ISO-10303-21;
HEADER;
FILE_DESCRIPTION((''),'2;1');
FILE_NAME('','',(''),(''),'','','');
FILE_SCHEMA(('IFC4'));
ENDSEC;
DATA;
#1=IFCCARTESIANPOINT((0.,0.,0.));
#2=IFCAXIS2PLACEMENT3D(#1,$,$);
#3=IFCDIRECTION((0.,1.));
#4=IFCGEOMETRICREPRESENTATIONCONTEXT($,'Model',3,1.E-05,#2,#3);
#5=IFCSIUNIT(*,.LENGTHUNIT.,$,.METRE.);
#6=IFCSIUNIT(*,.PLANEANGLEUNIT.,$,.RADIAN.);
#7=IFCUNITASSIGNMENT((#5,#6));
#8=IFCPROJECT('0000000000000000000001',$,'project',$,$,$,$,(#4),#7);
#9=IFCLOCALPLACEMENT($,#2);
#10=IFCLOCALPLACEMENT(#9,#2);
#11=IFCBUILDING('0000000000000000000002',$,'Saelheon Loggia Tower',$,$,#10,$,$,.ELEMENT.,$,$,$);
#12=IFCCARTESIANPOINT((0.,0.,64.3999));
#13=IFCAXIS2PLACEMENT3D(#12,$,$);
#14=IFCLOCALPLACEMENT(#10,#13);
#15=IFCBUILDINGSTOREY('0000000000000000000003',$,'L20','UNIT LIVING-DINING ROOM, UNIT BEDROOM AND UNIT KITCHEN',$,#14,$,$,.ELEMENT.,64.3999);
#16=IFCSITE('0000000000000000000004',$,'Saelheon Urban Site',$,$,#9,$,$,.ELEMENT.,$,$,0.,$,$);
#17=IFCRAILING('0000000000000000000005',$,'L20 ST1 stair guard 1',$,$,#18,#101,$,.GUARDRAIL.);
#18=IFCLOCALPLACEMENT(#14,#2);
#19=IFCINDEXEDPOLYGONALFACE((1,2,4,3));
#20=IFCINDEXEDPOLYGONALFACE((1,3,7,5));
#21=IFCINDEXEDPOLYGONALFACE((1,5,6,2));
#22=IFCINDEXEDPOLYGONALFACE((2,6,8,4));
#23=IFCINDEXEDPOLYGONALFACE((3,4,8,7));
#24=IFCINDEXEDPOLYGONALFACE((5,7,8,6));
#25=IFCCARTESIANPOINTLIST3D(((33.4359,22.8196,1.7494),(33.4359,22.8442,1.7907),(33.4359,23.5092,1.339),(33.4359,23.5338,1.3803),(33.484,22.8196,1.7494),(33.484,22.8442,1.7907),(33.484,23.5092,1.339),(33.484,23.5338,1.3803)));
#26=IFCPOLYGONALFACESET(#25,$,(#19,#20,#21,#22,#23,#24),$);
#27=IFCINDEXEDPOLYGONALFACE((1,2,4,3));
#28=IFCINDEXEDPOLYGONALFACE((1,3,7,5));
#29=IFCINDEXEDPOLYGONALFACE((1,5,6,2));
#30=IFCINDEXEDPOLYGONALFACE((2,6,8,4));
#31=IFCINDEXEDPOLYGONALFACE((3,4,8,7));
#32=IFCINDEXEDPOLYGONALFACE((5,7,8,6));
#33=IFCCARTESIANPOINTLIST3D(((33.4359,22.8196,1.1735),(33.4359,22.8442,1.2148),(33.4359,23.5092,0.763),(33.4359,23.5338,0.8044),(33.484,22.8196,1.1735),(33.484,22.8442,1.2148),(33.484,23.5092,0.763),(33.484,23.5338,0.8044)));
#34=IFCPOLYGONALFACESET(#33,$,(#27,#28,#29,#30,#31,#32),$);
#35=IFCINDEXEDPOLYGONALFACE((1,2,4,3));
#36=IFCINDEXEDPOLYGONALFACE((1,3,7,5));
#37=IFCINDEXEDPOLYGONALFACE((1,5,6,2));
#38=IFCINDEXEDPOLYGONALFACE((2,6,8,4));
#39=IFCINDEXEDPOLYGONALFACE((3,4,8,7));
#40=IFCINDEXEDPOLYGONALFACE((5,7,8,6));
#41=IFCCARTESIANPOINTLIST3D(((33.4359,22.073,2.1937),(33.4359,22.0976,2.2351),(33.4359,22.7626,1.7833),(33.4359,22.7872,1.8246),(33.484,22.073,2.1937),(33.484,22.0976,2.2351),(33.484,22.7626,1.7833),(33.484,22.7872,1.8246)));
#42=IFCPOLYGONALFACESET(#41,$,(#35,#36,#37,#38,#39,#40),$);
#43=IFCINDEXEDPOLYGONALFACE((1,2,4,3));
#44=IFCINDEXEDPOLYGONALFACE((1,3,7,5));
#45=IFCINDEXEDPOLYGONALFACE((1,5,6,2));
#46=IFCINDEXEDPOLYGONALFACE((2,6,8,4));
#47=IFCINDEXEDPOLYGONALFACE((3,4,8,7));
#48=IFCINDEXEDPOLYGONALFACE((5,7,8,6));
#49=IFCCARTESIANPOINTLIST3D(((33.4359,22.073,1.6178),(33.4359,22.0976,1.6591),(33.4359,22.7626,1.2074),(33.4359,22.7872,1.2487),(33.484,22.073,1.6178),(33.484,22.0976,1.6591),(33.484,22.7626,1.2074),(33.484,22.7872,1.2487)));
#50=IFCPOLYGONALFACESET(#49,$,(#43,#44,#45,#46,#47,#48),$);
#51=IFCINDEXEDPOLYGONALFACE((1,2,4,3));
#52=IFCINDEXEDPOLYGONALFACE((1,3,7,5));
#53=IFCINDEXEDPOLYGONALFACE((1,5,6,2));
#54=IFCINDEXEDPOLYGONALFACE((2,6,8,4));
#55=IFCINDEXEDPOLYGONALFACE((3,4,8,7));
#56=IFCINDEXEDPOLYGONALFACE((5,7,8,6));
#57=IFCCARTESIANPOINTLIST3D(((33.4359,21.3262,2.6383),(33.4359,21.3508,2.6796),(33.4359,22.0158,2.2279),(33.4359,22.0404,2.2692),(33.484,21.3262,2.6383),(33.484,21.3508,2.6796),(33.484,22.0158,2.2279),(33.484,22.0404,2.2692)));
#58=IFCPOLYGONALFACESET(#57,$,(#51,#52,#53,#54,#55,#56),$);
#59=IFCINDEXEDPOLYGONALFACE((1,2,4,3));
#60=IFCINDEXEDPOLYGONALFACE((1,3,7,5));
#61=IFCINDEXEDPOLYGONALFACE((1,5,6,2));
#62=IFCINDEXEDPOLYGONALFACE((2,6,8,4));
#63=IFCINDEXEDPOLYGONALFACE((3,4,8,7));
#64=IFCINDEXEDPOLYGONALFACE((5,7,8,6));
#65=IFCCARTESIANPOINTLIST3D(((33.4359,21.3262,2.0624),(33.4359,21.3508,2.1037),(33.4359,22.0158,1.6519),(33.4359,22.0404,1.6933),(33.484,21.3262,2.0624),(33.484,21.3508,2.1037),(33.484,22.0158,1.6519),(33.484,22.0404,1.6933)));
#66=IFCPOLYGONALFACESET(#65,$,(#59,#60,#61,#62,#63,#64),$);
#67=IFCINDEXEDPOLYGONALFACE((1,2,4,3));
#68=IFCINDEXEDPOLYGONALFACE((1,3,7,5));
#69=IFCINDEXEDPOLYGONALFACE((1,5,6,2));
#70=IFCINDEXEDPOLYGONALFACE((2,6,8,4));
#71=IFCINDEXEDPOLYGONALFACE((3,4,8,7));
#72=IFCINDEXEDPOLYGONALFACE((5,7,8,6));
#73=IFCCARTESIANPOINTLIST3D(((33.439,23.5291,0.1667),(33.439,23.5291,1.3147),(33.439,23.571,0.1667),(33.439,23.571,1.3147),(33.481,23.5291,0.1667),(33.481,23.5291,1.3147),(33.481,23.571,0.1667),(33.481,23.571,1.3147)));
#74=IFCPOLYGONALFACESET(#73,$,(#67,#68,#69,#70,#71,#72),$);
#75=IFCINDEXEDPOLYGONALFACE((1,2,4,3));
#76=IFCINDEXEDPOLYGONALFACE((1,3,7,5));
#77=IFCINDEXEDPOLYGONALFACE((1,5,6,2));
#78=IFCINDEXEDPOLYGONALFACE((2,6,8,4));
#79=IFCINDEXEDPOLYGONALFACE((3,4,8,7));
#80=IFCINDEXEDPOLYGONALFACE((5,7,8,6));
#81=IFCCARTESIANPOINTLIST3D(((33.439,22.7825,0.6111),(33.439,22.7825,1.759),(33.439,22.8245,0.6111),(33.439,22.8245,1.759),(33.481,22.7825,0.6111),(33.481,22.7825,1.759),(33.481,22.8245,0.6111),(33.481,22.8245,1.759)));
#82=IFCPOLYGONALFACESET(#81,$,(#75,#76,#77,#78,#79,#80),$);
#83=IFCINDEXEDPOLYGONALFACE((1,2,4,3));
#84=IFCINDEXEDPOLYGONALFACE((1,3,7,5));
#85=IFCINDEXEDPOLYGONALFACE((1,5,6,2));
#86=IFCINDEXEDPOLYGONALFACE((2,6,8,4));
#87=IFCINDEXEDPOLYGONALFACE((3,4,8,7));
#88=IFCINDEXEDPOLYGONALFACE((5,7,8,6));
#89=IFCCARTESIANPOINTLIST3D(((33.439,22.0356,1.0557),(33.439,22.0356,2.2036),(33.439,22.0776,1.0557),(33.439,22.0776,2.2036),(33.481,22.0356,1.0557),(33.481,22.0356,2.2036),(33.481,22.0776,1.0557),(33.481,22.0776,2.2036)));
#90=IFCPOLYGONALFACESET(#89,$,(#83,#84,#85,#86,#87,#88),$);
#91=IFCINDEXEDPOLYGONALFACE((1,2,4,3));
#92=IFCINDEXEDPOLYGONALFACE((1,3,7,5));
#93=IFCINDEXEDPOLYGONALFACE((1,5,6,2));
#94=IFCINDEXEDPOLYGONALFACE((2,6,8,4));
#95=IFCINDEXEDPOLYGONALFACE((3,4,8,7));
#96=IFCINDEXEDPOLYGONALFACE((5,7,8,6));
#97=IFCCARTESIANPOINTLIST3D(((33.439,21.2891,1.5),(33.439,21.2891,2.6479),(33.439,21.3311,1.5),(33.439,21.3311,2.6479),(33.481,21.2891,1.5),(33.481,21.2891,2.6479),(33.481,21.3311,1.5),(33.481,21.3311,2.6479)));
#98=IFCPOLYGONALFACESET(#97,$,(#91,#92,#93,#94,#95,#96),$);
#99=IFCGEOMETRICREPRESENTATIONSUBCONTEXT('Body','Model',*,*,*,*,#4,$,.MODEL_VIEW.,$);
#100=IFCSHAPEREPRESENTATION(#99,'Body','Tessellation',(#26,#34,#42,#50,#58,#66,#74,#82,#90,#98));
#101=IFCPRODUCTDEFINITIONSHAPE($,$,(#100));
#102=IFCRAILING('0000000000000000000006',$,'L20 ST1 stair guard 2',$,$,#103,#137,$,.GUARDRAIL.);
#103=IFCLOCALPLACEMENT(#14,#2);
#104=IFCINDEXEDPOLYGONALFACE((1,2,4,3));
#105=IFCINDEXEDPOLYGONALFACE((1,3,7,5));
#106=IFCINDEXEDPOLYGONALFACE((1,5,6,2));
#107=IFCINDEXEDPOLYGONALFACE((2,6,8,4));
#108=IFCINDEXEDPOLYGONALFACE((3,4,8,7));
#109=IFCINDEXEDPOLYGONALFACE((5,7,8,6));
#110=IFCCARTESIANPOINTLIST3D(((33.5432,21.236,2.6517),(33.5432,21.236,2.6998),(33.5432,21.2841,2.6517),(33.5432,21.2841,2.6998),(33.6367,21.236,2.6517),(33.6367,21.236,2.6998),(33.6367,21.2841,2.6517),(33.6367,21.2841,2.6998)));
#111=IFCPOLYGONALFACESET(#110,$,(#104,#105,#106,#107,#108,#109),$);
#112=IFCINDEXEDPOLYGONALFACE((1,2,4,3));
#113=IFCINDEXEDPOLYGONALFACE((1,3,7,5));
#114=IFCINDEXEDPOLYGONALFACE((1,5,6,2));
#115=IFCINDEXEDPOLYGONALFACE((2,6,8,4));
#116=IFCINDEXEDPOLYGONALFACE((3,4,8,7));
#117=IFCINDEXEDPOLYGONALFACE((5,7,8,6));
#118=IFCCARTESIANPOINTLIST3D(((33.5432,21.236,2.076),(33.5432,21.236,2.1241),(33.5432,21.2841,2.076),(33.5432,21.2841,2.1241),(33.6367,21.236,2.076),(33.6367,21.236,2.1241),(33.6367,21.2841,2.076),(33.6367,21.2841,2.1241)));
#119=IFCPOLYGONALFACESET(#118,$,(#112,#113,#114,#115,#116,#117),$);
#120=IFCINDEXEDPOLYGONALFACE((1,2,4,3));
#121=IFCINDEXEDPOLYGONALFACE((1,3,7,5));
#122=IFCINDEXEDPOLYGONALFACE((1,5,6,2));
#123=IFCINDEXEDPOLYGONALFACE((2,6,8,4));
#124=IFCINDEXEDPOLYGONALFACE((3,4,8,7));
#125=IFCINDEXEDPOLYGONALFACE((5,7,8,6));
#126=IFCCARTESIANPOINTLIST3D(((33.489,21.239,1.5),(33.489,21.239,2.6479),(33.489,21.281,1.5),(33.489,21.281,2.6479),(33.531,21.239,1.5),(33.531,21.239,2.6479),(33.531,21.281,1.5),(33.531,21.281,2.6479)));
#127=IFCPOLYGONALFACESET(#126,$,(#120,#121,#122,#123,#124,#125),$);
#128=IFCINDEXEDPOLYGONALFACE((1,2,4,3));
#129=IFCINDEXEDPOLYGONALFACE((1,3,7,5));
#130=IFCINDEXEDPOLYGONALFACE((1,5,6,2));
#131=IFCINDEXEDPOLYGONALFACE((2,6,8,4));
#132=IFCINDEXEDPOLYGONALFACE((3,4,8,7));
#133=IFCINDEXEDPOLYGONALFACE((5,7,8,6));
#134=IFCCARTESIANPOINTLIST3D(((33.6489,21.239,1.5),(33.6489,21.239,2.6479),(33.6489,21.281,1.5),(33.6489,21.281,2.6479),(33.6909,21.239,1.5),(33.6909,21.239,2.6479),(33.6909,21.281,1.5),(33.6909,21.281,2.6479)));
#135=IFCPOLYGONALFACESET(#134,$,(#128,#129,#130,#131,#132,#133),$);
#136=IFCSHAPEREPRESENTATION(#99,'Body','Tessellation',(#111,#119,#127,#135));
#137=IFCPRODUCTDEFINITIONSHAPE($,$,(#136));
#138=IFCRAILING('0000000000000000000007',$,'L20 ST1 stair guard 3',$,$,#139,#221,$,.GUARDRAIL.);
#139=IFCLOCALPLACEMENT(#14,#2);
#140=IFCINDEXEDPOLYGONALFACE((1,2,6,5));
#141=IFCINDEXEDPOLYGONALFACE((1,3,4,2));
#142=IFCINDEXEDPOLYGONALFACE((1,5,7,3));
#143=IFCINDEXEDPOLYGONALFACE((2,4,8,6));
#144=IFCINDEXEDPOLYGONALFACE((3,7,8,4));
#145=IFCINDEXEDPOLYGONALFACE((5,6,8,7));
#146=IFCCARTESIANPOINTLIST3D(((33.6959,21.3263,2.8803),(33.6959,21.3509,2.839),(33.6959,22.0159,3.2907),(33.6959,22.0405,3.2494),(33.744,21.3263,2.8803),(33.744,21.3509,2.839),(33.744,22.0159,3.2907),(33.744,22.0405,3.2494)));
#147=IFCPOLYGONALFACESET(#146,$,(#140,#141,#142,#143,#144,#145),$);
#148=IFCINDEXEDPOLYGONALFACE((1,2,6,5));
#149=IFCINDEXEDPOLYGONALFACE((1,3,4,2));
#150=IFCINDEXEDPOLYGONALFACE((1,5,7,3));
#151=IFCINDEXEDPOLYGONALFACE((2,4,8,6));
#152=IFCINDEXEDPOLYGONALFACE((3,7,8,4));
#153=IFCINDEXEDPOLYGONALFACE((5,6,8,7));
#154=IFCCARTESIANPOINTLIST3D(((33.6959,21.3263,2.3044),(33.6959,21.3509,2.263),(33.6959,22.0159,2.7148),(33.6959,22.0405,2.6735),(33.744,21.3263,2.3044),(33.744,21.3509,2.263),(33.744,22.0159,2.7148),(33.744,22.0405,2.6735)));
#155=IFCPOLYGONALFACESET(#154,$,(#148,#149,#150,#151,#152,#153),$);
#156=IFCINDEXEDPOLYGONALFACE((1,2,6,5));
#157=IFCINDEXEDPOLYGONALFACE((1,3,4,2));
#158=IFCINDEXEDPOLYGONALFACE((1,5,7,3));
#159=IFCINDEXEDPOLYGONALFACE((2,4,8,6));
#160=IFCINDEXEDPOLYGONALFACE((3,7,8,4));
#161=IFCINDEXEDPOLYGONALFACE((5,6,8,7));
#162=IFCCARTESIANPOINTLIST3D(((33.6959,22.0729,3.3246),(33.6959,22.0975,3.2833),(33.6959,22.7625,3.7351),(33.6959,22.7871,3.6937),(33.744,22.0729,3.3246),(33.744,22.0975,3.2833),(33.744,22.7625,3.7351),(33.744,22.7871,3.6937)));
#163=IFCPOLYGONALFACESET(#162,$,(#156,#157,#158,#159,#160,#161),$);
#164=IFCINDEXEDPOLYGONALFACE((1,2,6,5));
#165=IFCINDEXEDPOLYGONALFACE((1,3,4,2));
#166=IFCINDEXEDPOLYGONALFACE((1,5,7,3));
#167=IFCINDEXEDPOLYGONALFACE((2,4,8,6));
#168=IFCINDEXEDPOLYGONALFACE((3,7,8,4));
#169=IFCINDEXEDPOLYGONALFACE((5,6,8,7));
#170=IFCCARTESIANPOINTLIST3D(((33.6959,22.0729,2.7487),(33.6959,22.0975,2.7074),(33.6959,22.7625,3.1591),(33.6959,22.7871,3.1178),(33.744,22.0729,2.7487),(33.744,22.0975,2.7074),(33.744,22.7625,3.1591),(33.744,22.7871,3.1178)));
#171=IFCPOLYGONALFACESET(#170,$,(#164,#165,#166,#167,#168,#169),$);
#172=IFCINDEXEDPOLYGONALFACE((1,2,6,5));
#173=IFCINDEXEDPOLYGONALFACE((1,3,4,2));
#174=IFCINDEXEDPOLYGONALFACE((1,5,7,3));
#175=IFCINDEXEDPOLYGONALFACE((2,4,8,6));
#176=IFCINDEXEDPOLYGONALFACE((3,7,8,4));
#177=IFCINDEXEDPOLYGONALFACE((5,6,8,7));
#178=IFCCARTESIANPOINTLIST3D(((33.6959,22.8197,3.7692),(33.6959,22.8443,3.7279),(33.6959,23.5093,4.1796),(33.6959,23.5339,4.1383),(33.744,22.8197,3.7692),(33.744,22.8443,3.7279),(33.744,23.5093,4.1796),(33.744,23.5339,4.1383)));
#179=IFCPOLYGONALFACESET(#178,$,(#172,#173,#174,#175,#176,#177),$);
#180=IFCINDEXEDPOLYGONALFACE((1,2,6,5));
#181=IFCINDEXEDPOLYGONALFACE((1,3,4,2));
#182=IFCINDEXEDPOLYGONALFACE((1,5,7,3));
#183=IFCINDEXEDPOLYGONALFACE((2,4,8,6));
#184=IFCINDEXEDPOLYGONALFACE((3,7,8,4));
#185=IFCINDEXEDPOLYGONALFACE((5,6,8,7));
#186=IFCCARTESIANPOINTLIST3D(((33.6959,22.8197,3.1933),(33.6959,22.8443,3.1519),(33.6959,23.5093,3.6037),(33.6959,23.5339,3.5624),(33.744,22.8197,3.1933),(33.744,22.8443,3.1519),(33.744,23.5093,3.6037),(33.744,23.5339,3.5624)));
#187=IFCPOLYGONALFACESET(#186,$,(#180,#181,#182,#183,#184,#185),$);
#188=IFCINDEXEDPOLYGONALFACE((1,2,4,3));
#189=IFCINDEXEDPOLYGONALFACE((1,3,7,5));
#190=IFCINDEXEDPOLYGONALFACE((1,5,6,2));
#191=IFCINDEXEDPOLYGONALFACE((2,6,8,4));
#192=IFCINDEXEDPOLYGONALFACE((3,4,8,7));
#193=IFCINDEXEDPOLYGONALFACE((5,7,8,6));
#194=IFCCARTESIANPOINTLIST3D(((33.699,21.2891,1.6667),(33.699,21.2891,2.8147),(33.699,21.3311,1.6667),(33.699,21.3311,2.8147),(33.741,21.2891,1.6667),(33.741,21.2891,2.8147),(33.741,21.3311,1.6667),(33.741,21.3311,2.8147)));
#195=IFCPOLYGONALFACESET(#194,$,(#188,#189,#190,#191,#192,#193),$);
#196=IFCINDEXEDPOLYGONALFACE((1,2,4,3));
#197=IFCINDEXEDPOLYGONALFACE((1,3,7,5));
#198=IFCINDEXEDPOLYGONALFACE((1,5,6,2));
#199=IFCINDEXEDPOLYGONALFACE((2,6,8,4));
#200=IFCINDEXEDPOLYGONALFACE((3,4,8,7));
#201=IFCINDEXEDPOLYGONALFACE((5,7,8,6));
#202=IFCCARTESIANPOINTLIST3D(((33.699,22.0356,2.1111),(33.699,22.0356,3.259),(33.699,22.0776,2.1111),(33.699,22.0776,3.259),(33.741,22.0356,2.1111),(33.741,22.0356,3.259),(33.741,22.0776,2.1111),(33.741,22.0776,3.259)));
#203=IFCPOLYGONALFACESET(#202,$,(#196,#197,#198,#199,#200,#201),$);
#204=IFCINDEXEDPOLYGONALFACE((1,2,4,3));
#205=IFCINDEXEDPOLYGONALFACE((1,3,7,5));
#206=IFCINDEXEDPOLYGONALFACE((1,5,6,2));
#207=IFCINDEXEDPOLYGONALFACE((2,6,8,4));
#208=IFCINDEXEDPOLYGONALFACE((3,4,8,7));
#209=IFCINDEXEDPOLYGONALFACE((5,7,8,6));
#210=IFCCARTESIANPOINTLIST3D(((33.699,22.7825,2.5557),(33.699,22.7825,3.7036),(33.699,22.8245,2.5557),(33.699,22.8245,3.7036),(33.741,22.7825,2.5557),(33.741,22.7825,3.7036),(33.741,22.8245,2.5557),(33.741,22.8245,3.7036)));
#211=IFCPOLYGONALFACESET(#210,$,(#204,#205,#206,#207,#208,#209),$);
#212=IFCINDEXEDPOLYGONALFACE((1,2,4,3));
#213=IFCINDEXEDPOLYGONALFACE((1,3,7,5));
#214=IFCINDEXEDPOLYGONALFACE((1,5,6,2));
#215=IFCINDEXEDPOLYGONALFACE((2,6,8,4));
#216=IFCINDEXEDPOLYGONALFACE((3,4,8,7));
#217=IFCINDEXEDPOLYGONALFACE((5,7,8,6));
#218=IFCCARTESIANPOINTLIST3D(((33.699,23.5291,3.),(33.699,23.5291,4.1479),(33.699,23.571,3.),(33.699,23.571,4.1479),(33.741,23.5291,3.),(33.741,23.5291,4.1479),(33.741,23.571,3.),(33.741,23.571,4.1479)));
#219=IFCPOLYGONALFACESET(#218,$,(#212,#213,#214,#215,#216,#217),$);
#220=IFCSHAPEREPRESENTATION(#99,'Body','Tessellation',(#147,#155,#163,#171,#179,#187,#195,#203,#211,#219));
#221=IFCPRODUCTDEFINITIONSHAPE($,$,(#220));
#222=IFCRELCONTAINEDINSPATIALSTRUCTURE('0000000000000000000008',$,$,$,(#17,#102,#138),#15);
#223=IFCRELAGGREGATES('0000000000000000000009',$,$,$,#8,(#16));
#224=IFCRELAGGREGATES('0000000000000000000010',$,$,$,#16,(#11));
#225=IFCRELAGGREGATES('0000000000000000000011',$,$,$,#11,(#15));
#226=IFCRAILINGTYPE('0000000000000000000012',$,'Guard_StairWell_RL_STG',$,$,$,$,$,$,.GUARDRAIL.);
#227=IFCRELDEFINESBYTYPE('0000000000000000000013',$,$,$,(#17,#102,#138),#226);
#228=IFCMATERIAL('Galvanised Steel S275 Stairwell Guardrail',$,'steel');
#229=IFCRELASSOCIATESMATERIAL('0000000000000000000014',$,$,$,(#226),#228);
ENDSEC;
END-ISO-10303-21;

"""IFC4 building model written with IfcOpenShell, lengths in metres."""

from ifc_helpers import new_model, si_unit, direction, frame, origin, origin_2d, place, context, subcontext, project, spatial, rectangle, extrude, material, type_object, element, save


model = new_model("IFC4")

# Units and contexts
model_context = context("Model", 3, precision=1e-05, world=origin(), true_north=direction((0.0, 1.0)))
body_context = subcontext(model_context, "Body", "Model", "MODEL_VIEW")
ifc_project = project(units=[si_unit("LENGTHUNIT", "METRE"), si_unit("PLANEANGLEUNIT", "RADIAN")], contexts=[model_context])

# Site, building, storey
site_placement = place(None, origin())
site = spatial("IfcSite", under=ifc_project, at=site_placement, Name="Saelheon Urban Site", CompositionType="ELEMENT", RefElevation=0.0)
building_placement = place(site_placement, origin())
building = spatial("IfcBuilding", under=site, at=building_placement, Name="Saelheon Loggia Tower", CompositionType="ELEMENT")
storey_placement = place(building_placement, frame((0.0, 0.0, 64.3999)))
storey = spatial("IfcBuildingStorey", under=building, at=storey_placement, Name="L20", Description="UNIT LIVING-DINING ROOM, UNIT BEDROOM AND UNIT KITCHEN", CompositionType="ELEMENT", Elevation=64.3999)

# Railings
ifc_material_1 = material(Name="Galvanised Steel S275 Stairwell Guardrail", Category="steel")
railing_type_1 = type_object("IfcRailingType", Name="Guard_StairWell_RL_STG", PredefinedType="GUARDRAIL", material=ifc_material_1)
railing_1_placement = place(storey_placement, frame((33.46, 23.55, 0.1667)))
element("IfcRailing", 1, at=railing_1_placement, inside=storey, type_object=railing_type_1, Name="L20 ST1 stair guard 1", PredefinedType="GUARDRAIL", context=body_context, shape_type="SweptSolid", body=[
    extrude(rectangle(XDim=0.0481, YDim=0.0481, at=origin_2d()), frame((0.0, -0.0286, 1.1929), z_axis=(0.0, -0.859306, 0.511462), x_axis=(1.0, 0.0, 0.0)), (0.0, 0.0, 1.0), 0.8025),
    extrude(rectangle(XDim=0.0481, YDim=0.0481, at=origin_2d()), frame((0.0, -0.0286, 0.6169), z_axis=(0.0, -0.859306, 0.511462), x_axis=(1.0, 0.0, 0.0)), (0.0, 0.0, 1.0), 0.8025),
    extrude(rectangle(XDim=0.0481, YDim=0.0481, at=origin_2d()), frame((0.0, -0.7751, 1.6372), z_axis=(0.0, -0.859306, 0.511462), x_axis=(1.0, 0.0, 0.0)), (0.0, 0.0, 1.0), 0.8025),
    extrude(rectangle(XDim=0.0481, YDim=0.0481, at=origin_2d()), frame((0.0, -0.7751, 1.0613), z_axis=(0.0, -0.859306, 0.511462), x_axis=(1.0, 0.0, 0.0)), (0.0, 0.0, 1.0), 0.8025),
    extrude(rectangle(XDim=0.0481, YDim=0.0481, at=origin_2d()), frame((0.0, -1.522, 2.0818), z_axis=(0.0, -0.859306, 0.511462), x_axis=(1.0, 0.0, 0.0)), (0.0, 0.0, 1.0), 0.8025),
    extrude(rectangle(XDim=0.0481, YDim=0.0481, at=origin_2d()), frame((0.0, -1.522, 1.5059), z_axis=(0.0, -0.859306, 0.511462), x_axis=(1.0, 0.0, 0.0)), (0.0, 0.0, 1.0), 0.8025),
    extrude(rectangle(XDim=0.042, YDim=0.042, at=origin_2d()), origin(), (0.0, 0.0, 1.0), 1.1479),
    extrude(rectangle(XDim=0.042, YDim=0.042, at=origin_2d()), frame((0.0, -0.7466, 0.4443)), (0.0, 0.0, 1.0), 1.1479),
    extrude(rectangle(XDim=0.042, YDim=0.042, at=origin_2d()), frame((0.0, -1.4934, 0.8889)), (0.0, 0.0, 1.0), 1.1479),
    extrude(rectangle(XDim=0.042, YDim=0.042, at=origin_2d()), frame((0.0, -2.24, 1.3333)), (0.0, 0.0, 1.0), 1.1479),
])
railing_2_placement = place(storey_placement, frame((33.51, 21.26, 1.5)))
element("IfcRailing", 2, at=railing_2_placement, inside=storey, type_object=railing_type_1, Name="L20 ST1 stair guard 2", PredefinedType="GUARDRAIL", context=body_context, shape_type="SweptSolid", body=[
    extrude(rectangle(XDim=0.0481, YDim=0.0481, at=origin_2d()), frame((0.0332, 0.0, 1.1758), z_axis=(1.0, 0.0, 0.0), x_axis=(0.0, 1.0, 0.0)), (0.0, 0.0, 1.0), 0.0935),
    extrude(rectangle(XDim=0.0481, YDim=0.0481, at=origin_2d()), frame((0.0332, 0.0, 0.6001), z_axis=(1.0, 0.0, 0.0), x_axis=(0.0, 1.0, 0.0)), (0.0, 0.0, 1.0), 0.0935),
    extrude(rectangle(XDim=0.042, YDim=0.042, at=origin_2d()), origin(), (0.0, 0.0, 1.0), 1.1479),
    extrude(rectangle(XDim=0.042, YDim=0.042, at=origin_2d()), frame((0.1599, 0.0, 0.0)), (0.0, 0.0, 1.0), 1.1479),
])
railing_3_placement = place(storey_placement, frame((33.72, 21.3101, 1.6667)))
element("IfcRailing", 3, at=railing_3_placement, inside=storey, type_object=railing_type_1, Name="L20 ST1 stair guard 3", PredefinedType="GUARDRAIL", context=body_context, shape_type="SweptSolid", body=[
    extrude(rectangle(XDim=0.0481, YDim=0.0481, at=origin_2d()), frame((0.0, 0.0286, 1.1929), z_axis=(0.0, 0.859306, 0.511462), x_axis=(-1.0, 0.0, 0.0)), (0.0, 0.0, 1.0), 0.8025),
    extrude(rectangle(XDim=0.0481, YDim=0.0481, at=origin_2d()), frame((0.0, 0.0286, 0.6169), z_axis=(0.0, 0.859306, 0.511462), x_axis=(-1.0, 0.0, 0.0)), (0.0, 0.0, 1.0), 0.8025),
    extrude(rectangle(XDim=0.0481, YDim=0.0481, at=origin_2d()), frame((0.0, 0.7751, 1.6372), z_axis=(0.0, 0.859306, 0.511462), x_axis=(-1.0, 0.0, 0.0)), (0.0, 0.0, 1.0), 0.8025),
    extrude(rectangle(XDim=0.0481, YDim=0.0481, at=origin_2d()), frame((0.0, 0.7751, 1.0613), z_axis=(0.0, 0.859306, 0.511462), x_axis=(-1.0, 0.0, 0.0)), (0.0, 0.0, 1.0), 0.8025),
    extrude(rectangle(XDim=0.0481, YDim=0.0481, at=origin_2d()), frame((0.0, 1.522, 2.0818), z_axis=(0.0, 0.859306, 0.511462), x_axis=(-1.0, 0.0, 0.0)), (0.0, 0.0, 1.0), 0.8025),
    extrude(rectangle(XDim=0.0481, YDim=0.0481, at=origin_2d()), frame((0.0, 1.522, 1.5059), z_axis=(0.0, 0.859306, 0.511462), x_axis=(-1.0, 0.0, 0.0)), (0.0, 0.0, 1.0), 0.8025),
    extrude(rectangle(XDim=0.042, YDim=0.042, at=origin_2d()), origin(), (0.0, 0.0, 1.0), 1.1479),
    extrude(rectangle(XDim=0.042, YDim=0.042, at=origin_2d()), frame((0.0, 0.7466, 0.4443)), (0.0, 0.0, 1.0), 1.1479),
    extrude(rectangle(XDim=0.042, YDim=0.042, at=origin_2d()), frame((0.0, 1.4934, 0.8889)), (0.0, 0.0, 1.0), 1.1479),
    extrude(rectangle(XDim=0.042, YDim=0.042, at=origin_2d()), frame((0.0, 2.24, 1.3333)), (0.0, 0.0, 1.0), 1.1479),
])

save(model, "model.ifc")
